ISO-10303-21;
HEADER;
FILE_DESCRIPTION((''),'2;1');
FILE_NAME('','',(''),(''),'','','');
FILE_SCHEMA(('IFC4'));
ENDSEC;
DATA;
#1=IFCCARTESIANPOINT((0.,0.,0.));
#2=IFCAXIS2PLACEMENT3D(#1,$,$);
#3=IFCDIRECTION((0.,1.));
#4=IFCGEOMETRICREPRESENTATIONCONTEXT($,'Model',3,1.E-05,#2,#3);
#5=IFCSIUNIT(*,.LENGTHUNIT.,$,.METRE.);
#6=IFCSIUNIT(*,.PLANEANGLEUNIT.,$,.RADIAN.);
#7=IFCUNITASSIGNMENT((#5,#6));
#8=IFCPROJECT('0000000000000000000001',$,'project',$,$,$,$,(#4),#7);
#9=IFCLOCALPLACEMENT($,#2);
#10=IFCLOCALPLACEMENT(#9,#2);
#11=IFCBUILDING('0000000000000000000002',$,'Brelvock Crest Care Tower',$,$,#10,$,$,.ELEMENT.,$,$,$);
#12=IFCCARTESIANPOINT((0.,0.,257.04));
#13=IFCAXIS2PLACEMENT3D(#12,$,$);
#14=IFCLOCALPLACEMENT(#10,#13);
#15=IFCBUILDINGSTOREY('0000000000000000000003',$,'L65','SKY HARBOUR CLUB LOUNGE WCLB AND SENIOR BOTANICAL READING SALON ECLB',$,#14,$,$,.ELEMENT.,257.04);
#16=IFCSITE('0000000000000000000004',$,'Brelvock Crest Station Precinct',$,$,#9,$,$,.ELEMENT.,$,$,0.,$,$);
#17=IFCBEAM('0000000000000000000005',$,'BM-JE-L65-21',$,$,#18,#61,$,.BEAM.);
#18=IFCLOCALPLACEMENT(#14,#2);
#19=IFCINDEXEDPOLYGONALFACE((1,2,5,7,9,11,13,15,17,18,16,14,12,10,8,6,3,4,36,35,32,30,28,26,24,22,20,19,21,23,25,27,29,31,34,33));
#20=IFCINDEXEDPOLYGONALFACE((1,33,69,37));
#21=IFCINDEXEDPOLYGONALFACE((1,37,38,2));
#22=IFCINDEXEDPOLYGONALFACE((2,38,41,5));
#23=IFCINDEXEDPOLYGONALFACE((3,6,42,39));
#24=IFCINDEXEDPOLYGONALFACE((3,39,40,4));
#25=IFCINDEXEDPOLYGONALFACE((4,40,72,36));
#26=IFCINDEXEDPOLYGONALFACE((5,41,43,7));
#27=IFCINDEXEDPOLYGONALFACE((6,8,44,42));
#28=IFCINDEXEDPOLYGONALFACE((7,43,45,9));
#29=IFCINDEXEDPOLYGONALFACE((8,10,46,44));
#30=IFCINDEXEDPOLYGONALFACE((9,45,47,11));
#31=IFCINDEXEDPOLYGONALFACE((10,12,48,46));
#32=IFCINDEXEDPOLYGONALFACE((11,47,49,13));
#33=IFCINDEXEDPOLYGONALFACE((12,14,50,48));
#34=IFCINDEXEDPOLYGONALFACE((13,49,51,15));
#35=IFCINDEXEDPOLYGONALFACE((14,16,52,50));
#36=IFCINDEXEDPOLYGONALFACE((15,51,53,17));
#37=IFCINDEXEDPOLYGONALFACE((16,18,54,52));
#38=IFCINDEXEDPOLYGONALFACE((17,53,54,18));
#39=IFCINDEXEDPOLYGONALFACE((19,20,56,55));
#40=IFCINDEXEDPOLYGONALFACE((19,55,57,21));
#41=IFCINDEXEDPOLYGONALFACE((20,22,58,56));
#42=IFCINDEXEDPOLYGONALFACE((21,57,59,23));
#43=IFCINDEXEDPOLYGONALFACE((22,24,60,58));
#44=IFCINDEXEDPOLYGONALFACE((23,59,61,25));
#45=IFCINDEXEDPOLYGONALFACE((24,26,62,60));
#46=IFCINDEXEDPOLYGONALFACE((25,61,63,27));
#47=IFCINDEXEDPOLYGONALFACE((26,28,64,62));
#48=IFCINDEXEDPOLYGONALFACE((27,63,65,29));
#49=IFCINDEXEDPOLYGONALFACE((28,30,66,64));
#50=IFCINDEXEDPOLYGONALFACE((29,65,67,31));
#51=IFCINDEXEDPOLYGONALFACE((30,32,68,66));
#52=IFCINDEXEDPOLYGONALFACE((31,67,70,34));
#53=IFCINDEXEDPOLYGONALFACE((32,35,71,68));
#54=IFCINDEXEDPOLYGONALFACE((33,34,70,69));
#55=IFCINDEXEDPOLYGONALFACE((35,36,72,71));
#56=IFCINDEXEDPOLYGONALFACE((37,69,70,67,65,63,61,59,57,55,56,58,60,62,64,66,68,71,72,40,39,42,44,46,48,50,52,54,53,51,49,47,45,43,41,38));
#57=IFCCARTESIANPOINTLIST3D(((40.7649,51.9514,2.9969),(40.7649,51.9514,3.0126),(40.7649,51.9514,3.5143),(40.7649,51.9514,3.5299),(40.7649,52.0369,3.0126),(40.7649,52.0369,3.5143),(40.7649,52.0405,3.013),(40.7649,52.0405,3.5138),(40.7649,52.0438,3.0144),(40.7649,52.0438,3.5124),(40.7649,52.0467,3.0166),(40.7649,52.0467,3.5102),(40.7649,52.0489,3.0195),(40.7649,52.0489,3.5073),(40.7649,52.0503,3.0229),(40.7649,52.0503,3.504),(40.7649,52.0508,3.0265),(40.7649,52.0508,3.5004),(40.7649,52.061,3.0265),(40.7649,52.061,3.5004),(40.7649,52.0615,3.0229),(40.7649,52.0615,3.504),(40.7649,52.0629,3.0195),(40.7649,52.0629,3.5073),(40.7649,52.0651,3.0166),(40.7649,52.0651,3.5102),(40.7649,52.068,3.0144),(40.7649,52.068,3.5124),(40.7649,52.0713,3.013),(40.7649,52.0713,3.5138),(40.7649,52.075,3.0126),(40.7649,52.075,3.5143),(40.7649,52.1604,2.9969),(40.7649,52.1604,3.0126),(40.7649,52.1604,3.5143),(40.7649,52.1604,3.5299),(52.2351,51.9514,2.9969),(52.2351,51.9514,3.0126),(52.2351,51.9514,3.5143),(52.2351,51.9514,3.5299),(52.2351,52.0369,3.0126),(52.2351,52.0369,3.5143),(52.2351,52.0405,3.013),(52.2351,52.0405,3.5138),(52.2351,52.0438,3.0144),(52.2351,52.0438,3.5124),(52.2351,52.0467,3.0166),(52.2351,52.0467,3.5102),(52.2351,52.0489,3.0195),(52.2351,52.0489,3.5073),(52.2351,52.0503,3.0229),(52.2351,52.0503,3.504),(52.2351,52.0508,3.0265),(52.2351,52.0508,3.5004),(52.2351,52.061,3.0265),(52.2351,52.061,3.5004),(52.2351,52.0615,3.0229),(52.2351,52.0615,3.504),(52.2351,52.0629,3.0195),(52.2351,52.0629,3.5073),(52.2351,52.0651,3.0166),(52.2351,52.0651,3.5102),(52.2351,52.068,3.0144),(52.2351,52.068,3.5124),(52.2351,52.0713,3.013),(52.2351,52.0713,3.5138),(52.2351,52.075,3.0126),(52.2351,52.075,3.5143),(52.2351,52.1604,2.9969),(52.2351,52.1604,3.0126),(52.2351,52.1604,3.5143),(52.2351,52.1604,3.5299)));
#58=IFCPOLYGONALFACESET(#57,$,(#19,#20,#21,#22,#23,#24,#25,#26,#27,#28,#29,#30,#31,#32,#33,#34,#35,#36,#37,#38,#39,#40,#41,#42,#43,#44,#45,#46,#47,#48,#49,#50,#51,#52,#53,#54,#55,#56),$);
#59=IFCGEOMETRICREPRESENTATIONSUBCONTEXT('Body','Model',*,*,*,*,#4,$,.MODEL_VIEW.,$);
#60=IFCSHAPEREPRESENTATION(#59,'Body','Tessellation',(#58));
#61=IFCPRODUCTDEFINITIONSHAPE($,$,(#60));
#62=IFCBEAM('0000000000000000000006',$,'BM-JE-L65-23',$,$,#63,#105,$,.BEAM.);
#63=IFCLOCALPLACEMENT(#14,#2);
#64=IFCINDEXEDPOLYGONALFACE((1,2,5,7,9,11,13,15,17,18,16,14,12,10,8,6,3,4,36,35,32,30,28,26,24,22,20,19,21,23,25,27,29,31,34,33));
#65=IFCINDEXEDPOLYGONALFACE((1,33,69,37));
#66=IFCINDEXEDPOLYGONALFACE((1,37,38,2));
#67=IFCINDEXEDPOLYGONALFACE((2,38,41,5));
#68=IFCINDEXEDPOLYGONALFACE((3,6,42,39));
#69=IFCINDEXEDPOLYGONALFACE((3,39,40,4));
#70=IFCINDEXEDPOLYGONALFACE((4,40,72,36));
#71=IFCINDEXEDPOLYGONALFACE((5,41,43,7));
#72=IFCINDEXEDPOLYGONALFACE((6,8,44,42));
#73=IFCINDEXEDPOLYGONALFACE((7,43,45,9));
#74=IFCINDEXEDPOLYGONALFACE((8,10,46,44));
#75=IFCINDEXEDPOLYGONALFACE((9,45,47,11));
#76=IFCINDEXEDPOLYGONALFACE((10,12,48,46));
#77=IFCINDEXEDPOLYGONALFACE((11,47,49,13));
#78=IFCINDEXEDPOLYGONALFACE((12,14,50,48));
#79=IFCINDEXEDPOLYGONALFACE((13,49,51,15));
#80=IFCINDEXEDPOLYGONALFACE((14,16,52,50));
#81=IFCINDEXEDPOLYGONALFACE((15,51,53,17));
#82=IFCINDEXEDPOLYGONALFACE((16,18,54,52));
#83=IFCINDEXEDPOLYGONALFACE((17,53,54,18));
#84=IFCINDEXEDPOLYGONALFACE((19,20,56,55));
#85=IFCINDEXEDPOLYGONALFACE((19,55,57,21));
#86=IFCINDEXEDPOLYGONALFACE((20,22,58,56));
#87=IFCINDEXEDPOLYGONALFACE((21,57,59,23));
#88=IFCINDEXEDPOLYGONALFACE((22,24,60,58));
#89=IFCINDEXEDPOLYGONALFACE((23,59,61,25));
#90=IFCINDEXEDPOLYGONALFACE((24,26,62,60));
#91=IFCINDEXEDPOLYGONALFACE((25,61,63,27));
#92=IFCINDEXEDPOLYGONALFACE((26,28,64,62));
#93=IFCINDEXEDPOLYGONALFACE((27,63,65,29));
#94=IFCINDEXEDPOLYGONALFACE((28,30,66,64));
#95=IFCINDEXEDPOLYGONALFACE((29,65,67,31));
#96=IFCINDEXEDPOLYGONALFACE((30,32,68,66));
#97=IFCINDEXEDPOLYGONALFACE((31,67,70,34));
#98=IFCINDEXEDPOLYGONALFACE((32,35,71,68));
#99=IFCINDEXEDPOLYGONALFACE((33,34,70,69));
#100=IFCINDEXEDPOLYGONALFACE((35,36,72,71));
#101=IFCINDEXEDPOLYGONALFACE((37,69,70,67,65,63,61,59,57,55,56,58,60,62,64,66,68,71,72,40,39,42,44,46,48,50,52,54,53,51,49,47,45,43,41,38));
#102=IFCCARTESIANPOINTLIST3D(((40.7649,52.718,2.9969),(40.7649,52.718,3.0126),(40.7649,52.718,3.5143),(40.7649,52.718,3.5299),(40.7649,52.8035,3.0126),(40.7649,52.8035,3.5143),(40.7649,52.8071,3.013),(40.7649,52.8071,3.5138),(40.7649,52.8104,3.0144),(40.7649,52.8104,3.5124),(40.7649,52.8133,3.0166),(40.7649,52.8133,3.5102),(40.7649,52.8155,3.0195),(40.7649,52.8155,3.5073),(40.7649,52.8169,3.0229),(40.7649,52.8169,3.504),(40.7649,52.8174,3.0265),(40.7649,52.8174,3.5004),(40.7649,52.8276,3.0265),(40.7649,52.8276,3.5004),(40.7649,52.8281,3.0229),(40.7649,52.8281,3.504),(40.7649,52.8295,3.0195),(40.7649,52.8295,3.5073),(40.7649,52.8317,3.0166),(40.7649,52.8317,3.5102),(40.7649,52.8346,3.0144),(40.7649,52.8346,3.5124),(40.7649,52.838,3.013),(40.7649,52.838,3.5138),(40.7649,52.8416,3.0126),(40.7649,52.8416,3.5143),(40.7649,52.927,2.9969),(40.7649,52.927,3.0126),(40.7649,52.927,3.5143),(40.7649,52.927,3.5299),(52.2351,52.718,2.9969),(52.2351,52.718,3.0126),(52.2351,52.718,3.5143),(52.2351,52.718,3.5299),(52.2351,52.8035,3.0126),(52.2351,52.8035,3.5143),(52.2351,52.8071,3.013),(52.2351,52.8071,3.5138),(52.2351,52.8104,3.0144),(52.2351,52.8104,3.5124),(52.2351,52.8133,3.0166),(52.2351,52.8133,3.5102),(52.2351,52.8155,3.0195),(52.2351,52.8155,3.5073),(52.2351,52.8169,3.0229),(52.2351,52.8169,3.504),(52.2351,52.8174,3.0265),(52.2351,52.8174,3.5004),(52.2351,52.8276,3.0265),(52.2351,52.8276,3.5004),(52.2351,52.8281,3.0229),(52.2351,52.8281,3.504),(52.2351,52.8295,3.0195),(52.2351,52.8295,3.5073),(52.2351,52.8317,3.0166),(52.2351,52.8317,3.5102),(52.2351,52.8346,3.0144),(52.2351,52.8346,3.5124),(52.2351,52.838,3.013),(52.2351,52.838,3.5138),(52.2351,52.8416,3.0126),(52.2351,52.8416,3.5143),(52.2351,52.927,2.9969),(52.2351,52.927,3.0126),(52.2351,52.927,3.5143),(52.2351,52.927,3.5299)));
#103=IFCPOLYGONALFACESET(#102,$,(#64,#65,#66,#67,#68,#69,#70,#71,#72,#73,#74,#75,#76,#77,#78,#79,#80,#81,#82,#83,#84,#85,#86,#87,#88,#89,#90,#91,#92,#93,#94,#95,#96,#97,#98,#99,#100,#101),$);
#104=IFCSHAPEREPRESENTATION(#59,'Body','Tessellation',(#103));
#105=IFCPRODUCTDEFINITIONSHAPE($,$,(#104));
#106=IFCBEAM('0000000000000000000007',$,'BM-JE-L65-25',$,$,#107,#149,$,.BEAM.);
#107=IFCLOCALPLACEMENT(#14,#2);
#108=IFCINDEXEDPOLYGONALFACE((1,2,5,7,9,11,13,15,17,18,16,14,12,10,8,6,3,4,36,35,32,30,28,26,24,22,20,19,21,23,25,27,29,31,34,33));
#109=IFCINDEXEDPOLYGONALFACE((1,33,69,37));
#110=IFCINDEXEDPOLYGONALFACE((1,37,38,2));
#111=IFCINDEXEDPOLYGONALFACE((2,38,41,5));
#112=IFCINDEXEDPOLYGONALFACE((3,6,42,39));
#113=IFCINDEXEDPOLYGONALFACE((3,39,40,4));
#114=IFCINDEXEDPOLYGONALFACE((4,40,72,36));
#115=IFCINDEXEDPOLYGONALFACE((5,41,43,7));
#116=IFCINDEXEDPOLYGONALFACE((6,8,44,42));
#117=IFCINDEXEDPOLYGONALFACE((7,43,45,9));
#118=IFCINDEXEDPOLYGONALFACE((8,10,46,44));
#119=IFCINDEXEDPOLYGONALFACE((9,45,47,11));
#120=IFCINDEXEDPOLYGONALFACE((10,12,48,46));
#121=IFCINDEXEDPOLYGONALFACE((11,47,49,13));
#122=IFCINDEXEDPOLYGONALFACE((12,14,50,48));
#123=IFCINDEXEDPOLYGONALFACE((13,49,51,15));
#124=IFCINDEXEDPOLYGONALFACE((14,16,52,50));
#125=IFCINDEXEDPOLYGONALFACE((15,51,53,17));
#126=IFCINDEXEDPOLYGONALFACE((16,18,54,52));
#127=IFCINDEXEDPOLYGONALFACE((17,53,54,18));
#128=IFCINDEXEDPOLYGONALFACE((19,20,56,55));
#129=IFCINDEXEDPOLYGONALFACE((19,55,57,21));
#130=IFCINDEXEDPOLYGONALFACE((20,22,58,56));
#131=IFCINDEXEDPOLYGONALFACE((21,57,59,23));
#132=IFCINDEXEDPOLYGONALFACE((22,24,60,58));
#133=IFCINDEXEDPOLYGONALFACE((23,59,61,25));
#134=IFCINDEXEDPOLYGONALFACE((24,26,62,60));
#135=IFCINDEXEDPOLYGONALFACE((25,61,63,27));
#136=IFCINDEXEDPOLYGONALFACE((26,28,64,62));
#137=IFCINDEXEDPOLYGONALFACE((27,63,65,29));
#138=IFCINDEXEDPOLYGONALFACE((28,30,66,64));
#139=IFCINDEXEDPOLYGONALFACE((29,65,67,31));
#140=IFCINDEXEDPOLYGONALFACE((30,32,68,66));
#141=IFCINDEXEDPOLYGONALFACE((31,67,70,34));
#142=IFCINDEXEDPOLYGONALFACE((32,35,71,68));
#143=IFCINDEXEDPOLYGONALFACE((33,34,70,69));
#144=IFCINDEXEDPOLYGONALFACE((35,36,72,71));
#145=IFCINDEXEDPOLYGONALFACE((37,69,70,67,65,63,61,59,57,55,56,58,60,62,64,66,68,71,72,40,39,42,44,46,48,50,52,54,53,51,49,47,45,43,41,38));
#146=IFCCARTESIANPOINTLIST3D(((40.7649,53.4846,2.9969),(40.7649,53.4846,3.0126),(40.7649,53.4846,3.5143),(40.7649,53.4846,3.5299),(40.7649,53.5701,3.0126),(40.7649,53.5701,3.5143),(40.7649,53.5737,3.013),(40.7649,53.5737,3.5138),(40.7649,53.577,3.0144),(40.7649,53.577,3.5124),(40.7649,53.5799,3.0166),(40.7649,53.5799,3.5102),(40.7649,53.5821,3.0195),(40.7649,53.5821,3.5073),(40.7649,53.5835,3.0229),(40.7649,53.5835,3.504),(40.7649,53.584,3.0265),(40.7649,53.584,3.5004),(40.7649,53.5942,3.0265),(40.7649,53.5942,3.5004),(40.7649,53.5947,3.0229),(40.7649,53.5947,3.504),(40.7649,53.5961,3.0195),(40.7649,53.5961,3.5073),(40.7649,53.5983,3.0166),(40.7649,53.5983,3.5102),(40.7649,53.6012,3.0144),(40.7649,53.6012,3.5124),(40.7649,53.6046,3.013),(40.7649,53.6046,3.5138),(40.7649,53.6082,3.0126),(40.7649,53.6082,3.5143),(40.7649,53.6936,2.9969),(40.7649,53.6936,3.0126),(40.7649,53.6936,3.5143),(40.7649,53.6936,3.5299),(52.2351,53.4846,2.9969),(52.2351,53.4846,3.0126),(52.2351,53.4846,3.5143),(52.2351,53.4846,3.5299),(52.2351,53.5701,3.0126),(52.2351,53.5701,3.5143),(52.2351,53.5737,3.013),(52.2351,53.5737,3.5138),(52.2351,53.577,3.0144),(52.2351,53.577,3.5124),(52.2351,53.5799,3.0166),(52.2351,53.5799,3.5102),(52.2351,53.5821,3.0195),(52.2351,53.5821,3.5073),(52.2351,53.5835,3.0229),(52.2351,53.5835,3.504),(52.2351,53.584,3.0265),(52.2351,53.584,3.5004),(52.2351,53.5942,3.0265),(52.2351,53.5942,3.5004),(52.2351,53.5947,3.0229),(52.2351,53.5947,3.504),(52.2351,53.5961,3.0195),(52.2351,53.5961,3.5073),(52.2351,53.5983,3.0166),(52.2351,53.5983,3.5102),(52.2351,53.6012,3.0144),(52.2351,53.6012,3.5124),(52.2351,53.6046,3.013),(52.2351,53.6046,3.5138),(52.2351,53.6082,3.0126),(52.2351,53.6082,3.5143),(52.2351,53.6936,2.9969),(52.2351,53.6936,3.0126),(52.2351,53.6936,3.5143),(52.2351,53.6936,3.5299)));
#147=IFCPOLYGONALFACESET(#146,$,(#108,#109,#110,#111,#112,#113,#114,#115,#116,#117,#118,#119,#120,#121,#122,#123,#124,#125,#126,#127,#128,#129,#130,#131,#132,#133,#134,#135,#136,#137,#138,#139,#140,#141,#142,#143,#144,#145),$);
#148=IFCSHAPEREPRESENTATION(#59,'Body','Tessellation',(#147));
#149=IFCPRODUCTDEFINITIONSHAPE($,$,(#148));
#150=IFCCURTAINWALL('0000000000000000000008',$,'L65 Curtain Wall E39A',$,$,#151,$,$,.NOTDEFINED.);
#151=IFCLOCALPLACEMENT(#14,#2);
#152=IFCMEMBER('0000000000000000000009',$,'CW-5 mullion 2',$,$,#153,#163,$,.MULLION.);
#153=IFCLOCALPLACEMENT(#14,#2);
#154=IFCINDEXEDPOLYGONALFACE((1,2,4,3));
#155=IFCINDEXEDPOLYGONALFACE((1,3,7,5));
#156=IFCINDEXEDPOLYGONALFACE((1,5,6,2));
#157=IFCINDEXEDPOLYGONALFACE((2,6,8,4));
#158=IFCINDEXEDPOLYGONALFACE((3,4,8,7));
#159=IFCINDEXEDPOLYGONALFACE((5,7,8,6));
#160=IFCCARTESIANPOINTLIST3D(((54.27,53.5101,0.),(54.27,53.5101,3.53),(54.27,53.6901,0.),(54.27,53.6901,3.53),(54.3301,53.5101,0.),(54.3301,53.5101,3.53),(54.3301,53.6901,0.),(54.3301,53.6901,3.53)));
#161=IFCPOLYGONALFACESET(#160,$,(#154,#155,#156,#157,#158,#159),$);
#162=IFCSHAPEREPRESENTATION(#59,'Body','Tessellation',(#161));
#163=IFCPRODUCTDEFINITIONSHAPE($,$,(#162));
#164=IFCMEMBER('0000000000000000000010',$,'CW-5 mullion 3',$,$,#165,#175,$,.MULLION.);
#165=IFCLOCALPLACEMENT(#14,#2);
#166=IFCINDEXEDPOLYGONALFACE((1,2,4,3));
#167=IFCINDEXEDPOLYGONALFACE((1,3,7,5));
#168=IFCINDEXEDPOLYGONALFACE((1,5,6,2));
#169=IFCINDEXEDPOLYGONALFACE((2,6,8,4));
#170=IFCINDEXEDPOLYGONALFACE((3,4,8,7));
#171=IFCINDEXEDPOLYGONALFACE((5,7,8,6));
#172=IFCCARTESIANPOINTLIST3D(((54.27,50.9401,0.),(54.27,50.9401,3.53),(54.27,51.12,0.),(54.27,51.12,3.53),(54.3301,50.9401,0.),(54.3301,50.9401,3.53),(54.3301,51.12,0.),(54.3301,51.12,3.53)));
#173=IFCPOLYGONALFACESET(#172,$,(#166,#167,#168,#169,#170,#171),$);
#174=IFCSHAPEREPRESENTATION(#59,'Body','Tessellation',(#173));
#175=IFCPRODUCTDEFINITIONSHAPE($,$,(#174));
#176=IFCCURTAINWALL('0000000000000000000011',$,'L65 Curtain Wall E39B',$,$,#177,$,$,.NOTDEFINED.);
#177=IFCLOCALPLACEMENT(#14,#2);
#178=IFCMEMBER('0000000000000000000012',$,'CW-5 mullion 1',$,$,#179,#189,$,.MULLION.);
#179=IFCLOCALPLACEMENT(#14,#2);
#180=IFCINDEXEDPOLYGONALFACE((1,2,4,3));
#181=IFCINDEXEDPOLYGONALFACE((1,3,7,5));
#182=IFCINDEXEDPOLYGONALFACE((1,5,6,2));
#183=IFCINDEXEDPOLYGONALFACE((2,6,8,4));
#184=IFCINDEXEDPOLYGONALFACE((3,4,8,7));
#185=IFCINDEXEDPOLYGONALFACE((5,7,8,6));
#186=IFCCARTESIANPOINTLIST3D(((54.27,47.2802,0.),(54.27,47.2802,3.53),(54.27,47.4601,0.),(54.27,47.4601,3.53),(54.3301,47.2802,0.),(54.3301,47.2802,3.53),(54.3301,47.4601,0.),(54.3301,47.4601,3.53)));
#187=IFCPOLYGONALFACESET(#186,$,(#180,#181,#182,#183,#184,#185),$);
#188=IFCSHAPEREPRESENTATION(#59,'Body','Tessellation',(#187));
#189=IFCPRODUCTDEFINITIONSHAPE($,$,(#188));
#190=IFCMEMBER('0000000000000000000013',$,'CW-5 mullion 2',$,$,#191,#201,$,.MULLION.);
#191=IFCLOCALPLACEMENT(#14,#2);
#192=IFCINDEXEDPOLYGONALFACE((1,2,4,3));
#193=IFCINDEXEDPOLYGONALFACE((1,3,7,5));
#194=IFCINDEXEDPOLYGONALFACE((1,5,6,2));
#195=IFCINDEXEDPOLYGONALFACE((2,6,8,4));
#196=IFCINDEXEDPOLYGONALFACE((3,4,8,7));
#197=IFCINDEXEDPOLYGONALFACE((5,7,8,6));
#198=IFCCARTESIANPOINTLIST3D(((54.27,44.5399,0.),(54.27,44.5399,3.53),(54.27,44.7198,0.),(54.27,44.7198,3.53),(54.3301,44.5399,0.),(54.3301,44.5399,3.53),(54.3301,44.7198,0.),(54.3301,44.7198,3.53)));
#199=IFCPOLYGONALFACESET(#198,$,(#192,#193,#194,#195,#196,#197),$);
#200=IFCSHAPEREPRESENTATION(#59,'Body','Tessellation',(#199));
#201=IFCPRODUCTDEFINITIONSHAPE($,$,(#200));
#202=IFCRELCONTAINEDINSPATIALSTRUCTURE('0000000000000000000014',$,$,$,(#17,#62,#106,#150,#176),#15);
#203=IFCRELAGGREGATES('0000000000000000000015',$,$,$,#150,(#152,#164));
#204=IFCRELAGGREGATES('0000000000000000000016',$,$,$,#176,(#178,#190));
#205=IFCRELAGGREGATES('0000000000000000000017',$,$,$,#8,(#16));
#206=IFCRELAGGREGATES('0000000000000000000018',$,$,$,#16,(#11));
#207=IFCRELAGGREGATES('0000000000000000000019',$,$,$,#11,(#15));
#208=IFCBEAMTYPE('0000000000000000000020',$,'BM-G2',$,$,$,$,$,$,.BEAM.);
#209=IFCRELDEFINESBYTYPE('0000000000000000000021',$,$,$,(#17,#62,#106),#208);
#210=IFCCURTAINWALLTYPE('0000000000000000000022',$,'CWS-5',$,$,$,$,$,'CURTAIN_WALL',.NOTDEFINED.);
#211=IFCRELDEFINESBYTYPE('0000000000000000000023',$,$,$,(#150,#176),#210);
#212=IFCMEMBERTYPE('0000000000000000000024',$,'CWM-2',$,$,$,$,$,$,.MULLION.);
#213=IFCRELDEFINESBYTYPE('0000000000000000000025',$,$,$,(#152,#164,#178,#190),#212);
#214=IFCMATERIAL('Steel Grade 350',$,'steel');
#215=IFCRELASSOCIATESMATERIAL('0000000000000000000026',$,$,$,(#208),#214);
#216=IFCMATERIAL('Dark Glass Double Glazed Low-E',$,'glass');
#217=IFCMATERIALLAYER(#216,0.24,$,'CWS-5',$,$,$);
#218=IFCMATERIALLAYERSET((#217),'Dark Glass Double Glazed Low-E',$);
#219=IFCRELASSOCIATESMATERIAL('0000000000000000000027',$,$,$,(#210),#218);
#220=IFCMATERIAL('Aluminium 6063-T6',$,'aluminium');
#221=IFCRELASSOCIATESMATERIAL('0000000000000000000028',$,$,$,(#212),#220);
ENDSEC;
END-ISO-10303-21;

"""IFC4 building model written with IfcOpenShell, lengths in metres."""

from ifc_helpers import new_model, si_unit, direction, frame, origin, origin_2d, place, context, subcontext, project, spatial, rectangle, i_section, extrude, source, transform, mapped, material, layer, layer_set, material_profile, profile_set, type_object, element, aggregate, save


model = new_model("IFC4")

# Units and contexts
model_context = context("Model", 3, precision=1e-05, world=origin(), true_north=direction((0.0, 1.0)))
body_context = subcontext(model_context, "Body", "Model", "MODEL_VIEW")
ifc_project = project(units=[si_unit("LENGTHUNIT", "METRE"), si_unit("PLANEANGLEUNIT", "RADIAN")], contexts=[model_context])

# Site, building, storey
site_placement = place(None, origin())
site = spatial("IfcSite", under=ifc_project, at=site_placement, Name="Brelvock Crest Station Precinct", CompositionType="ELEMENT", RefElevation=0.0)
building_placement = place(site_placement, origin())
building = spatial("IfcBuilding", under=site, at=building_placement, Name="Brelvock Crest Care Tower", CompositionType="ELEMENT")
storey_placement = place(building_placement, frame((0.0, 0.0, 257.04)))
storey = spatial("IfcBuildingStorey", under=building, at=storey_placement, Name="L65", Description="SKY HARBOUR CLUB LOUNGE WCLB AND SENIOR BOTANICAL READING SALON ECLB", CompositionType="ELEMENT", Elevation=257.04)

# Shared definitions
ifc_material_1 = material(Name="Steel Grade 350", Category="steel")

# Beams
ifc_material_profile_1 = material_profile(ifc_material_1, i_section(OverallWidth=0.209, OverallDepth=0.533, WebThickness=0.0103, FlangeThickness=0.0156, FilletRadius=0.0139, at=origin_2d()), Name="530UB92.4")
ifc_profile_set_1 = profile_set([ifc_material_profile_1], Name="Steel Grade 350")
beam_type_1 = type_object("IfcBeamType", Name="BM-G2", PredefinedType="BEAM", material=ifc_profile_set_1)
shared_shape_1 = source(origin(), body_context, "Body", "SweptSolid", [
    extrude(i_section(OverallWidth=0.209, OverallDepth=0.533, WebThickness=0.0103, FlangeThickness=0.0156, FilletRadius=0.0139, at=origin_2d()), origin(), (0.0, 0.0, 1.0), 11.4702),
])
for number, where, z_axis, x_axis, name in (
    (1, (40.7649, 52.0559, 3.2634), (1.0, 0.0, 0.0), (0.0, 1.0, 0.0), "BM-JE-L65-21"),
    (2, (40.7649, 52.8225, 3.2634), (1.0, 0.0, 0.0), (0.0, 1.0, 0.0), "BM-JE-L65-23"),
    (3, (40.7649, 53.5891, 3.2634), (1.0, 0.0, 0.0), (0.0, 1.0, 0.0), "BM-JE-L65-25"),
):
    element("IfcBeam", number, at=place(storey_placement, frame(where, z_axis=z_axis, x_axis=x_axis)), inside=storey, type_object=beam_type_1, Name=name, PredefinedType="BEAM", context=body_context, shape_type="MappedRepresentation", body=[
        mapped(shared_shape_1, transform((0.0, 0.0, 0.0), x_axis=(1.0, 0.0, 0.0), y_axis=(0.0, 1.0, 0.0), z_axis=(0.0, 0.0, 1.0), scale=1.0)),
    ])

# Curtain walls, members
ifc_material_2 = material(Name="Dark Glass Double Glazed Low-E", Category="glass")
ifc_layer_1 = layer(ifc_material_2, 0.24, Name="CWS-5")
ifc_layer_set_1 = layer_set([ifc_layer_1], Name="Dark Glass Double Glazed Low-E")
curtain_wall_type = type_object("IfcCurtainWallType", Name="CWS-5", ElementType="CURTAIN_WALL", PredefinedType="NOTDEFINED", material=ifc_layer_set_1)
curtain_wall_1_placement = place(storey_placement, origin())
curtain_wall_1 = element("IfcCurtainWall", 4, at=curtain_wall_1_placement, inside=storey, type_object=curtain_wall_type, Name="L65 Curtain Wall E39A", PredefinedType="NOTDEFINED")
ifc_material_3 = material(Name="Aluminium 6063-T6", Category="aluminium")
ifc_material_profile_2 = material_profile(ifc_material_3, rectangle(XDim=0.0601, YDim=0.1799, at=origin_2d()), Name="ALU60x180")
ifc_profile_set_2 = profile_set([ifc_material_profile_2], Name="Aluminium 6063-T6")
member_type_1 = type_object("IfcMemberType", Name="CWM-2", PredefinedType="MULLION", material=ifc_profile_set_2)
shared_shape_2 = source(origin(), body_context, "Body", "SweptSolid", [
    extrude(rectangle(XDim=0.0601, YDim=0.1799, at=origin_2d()), origin(), (0.0, 0.0, 1.0), 3.53),
])
member_1_placement = place(storey_placement, frame((54.3, 53.6001, 0.0), z_axis=(0.0, 0.0, 1.0), x_axis=(1.0, 0.0, 0.0)))
member_1 = element("IfcMember", 5, at=member_1_placement, type_object=member_type_1, Name="CW-5 mullion 2", PredefinedType="MULLION", context=body_context, shape_type="MappedRepresentation", body=[
    mapped(shared_shape_2, transform((0.0, 0.0, 0.0), x_axis=(1.0, 0.0, 0.0), y_axis=(0.0, 1.0, 0.0), z_axis=(0.0, 0.0, 1.0), scale=1.0)),
])
member_2_placement = place(storey_placement, frame((54.3, 51.03, 0.0), z_axis=(0.0, 0.0, 1.0), x_axis=(1.0, 0.0, 0.0)))
member_2 = element("IfcMember", 6, at=member_2_placement, type_object=member_type_1, Name="CW-5 mullion 3", PredefinedType="MULLION", context=body_context, shape_type="MappedRepresentation", body=[
    mapped(shared_shape_2, transform((0.0, 0.0, 0.0), x_axis=(1.0, 0.0, 0.0), y_axis=(0.0, 1.0, 0.0), z_axis=(0.0, 0.0, 1.0), scale=1.0)),
])
curtain_wall_2_placement = place(storey_placement, origin())
curtain_wall_2 = element("IfcCurtainWall", 7, at=curtain_wall_2_placement, inside=storey, type_object=curtain_wall_type, Name="L65 Curtain Wall E39B", PredefinedType="NOTDEFINED")
member_3_placement = place(storey_placement, frame((54.3, 47.3701, 0.0), z_axis=(0.0, 0.0, 1.0), x_axis=(1.0, 0.0, 0.0)))
member_3 = element("IfcMember", 8, at=member_3_placement, type_object=member_type_1, Name="CW-5 mullion 1", PredefinedType="MULLION", context=body_context, shape_type="MappedRepresentation", body=[
    mapped(shared_shape_2, transform((0.0, 0.0, 0.0), x_axis=(1.0, 0.0, 0.0), y_axis=(0.0, 1.0, 0.0), z_axis=(0.0, 0.0, 1.0), scale=1.0)),
])
member_4_placement = place(storey_placement, frame((54.3, 44.6299, 0.0), z_axis=(0.0, 0.0, 1.0), x_axis=(1.0, 0.0, 0.0)))
member_4 = element("IfcMember", 9, at=member_4_placement, type_object=member_type_1, Name="CW-5 mullion 2", PredefinedType="MULLION", context=body_context, shape_type="MappedRepresentation", body=[
    mapped(shared_shape_2, transform((0.0, 0.0, 0.0), x_axis=(1.0, 0.0, 0.0), y_axis=(0.0, 1.0, 0.0), z_axis=(0.0, 0.0, 1.0), scale=1.0)),
])

aggregate(curtain_wall_1, [member_1, member_2])
aggregate(curtain_wall_2, [member_3, member_4])

save(model, "model.ifc")
